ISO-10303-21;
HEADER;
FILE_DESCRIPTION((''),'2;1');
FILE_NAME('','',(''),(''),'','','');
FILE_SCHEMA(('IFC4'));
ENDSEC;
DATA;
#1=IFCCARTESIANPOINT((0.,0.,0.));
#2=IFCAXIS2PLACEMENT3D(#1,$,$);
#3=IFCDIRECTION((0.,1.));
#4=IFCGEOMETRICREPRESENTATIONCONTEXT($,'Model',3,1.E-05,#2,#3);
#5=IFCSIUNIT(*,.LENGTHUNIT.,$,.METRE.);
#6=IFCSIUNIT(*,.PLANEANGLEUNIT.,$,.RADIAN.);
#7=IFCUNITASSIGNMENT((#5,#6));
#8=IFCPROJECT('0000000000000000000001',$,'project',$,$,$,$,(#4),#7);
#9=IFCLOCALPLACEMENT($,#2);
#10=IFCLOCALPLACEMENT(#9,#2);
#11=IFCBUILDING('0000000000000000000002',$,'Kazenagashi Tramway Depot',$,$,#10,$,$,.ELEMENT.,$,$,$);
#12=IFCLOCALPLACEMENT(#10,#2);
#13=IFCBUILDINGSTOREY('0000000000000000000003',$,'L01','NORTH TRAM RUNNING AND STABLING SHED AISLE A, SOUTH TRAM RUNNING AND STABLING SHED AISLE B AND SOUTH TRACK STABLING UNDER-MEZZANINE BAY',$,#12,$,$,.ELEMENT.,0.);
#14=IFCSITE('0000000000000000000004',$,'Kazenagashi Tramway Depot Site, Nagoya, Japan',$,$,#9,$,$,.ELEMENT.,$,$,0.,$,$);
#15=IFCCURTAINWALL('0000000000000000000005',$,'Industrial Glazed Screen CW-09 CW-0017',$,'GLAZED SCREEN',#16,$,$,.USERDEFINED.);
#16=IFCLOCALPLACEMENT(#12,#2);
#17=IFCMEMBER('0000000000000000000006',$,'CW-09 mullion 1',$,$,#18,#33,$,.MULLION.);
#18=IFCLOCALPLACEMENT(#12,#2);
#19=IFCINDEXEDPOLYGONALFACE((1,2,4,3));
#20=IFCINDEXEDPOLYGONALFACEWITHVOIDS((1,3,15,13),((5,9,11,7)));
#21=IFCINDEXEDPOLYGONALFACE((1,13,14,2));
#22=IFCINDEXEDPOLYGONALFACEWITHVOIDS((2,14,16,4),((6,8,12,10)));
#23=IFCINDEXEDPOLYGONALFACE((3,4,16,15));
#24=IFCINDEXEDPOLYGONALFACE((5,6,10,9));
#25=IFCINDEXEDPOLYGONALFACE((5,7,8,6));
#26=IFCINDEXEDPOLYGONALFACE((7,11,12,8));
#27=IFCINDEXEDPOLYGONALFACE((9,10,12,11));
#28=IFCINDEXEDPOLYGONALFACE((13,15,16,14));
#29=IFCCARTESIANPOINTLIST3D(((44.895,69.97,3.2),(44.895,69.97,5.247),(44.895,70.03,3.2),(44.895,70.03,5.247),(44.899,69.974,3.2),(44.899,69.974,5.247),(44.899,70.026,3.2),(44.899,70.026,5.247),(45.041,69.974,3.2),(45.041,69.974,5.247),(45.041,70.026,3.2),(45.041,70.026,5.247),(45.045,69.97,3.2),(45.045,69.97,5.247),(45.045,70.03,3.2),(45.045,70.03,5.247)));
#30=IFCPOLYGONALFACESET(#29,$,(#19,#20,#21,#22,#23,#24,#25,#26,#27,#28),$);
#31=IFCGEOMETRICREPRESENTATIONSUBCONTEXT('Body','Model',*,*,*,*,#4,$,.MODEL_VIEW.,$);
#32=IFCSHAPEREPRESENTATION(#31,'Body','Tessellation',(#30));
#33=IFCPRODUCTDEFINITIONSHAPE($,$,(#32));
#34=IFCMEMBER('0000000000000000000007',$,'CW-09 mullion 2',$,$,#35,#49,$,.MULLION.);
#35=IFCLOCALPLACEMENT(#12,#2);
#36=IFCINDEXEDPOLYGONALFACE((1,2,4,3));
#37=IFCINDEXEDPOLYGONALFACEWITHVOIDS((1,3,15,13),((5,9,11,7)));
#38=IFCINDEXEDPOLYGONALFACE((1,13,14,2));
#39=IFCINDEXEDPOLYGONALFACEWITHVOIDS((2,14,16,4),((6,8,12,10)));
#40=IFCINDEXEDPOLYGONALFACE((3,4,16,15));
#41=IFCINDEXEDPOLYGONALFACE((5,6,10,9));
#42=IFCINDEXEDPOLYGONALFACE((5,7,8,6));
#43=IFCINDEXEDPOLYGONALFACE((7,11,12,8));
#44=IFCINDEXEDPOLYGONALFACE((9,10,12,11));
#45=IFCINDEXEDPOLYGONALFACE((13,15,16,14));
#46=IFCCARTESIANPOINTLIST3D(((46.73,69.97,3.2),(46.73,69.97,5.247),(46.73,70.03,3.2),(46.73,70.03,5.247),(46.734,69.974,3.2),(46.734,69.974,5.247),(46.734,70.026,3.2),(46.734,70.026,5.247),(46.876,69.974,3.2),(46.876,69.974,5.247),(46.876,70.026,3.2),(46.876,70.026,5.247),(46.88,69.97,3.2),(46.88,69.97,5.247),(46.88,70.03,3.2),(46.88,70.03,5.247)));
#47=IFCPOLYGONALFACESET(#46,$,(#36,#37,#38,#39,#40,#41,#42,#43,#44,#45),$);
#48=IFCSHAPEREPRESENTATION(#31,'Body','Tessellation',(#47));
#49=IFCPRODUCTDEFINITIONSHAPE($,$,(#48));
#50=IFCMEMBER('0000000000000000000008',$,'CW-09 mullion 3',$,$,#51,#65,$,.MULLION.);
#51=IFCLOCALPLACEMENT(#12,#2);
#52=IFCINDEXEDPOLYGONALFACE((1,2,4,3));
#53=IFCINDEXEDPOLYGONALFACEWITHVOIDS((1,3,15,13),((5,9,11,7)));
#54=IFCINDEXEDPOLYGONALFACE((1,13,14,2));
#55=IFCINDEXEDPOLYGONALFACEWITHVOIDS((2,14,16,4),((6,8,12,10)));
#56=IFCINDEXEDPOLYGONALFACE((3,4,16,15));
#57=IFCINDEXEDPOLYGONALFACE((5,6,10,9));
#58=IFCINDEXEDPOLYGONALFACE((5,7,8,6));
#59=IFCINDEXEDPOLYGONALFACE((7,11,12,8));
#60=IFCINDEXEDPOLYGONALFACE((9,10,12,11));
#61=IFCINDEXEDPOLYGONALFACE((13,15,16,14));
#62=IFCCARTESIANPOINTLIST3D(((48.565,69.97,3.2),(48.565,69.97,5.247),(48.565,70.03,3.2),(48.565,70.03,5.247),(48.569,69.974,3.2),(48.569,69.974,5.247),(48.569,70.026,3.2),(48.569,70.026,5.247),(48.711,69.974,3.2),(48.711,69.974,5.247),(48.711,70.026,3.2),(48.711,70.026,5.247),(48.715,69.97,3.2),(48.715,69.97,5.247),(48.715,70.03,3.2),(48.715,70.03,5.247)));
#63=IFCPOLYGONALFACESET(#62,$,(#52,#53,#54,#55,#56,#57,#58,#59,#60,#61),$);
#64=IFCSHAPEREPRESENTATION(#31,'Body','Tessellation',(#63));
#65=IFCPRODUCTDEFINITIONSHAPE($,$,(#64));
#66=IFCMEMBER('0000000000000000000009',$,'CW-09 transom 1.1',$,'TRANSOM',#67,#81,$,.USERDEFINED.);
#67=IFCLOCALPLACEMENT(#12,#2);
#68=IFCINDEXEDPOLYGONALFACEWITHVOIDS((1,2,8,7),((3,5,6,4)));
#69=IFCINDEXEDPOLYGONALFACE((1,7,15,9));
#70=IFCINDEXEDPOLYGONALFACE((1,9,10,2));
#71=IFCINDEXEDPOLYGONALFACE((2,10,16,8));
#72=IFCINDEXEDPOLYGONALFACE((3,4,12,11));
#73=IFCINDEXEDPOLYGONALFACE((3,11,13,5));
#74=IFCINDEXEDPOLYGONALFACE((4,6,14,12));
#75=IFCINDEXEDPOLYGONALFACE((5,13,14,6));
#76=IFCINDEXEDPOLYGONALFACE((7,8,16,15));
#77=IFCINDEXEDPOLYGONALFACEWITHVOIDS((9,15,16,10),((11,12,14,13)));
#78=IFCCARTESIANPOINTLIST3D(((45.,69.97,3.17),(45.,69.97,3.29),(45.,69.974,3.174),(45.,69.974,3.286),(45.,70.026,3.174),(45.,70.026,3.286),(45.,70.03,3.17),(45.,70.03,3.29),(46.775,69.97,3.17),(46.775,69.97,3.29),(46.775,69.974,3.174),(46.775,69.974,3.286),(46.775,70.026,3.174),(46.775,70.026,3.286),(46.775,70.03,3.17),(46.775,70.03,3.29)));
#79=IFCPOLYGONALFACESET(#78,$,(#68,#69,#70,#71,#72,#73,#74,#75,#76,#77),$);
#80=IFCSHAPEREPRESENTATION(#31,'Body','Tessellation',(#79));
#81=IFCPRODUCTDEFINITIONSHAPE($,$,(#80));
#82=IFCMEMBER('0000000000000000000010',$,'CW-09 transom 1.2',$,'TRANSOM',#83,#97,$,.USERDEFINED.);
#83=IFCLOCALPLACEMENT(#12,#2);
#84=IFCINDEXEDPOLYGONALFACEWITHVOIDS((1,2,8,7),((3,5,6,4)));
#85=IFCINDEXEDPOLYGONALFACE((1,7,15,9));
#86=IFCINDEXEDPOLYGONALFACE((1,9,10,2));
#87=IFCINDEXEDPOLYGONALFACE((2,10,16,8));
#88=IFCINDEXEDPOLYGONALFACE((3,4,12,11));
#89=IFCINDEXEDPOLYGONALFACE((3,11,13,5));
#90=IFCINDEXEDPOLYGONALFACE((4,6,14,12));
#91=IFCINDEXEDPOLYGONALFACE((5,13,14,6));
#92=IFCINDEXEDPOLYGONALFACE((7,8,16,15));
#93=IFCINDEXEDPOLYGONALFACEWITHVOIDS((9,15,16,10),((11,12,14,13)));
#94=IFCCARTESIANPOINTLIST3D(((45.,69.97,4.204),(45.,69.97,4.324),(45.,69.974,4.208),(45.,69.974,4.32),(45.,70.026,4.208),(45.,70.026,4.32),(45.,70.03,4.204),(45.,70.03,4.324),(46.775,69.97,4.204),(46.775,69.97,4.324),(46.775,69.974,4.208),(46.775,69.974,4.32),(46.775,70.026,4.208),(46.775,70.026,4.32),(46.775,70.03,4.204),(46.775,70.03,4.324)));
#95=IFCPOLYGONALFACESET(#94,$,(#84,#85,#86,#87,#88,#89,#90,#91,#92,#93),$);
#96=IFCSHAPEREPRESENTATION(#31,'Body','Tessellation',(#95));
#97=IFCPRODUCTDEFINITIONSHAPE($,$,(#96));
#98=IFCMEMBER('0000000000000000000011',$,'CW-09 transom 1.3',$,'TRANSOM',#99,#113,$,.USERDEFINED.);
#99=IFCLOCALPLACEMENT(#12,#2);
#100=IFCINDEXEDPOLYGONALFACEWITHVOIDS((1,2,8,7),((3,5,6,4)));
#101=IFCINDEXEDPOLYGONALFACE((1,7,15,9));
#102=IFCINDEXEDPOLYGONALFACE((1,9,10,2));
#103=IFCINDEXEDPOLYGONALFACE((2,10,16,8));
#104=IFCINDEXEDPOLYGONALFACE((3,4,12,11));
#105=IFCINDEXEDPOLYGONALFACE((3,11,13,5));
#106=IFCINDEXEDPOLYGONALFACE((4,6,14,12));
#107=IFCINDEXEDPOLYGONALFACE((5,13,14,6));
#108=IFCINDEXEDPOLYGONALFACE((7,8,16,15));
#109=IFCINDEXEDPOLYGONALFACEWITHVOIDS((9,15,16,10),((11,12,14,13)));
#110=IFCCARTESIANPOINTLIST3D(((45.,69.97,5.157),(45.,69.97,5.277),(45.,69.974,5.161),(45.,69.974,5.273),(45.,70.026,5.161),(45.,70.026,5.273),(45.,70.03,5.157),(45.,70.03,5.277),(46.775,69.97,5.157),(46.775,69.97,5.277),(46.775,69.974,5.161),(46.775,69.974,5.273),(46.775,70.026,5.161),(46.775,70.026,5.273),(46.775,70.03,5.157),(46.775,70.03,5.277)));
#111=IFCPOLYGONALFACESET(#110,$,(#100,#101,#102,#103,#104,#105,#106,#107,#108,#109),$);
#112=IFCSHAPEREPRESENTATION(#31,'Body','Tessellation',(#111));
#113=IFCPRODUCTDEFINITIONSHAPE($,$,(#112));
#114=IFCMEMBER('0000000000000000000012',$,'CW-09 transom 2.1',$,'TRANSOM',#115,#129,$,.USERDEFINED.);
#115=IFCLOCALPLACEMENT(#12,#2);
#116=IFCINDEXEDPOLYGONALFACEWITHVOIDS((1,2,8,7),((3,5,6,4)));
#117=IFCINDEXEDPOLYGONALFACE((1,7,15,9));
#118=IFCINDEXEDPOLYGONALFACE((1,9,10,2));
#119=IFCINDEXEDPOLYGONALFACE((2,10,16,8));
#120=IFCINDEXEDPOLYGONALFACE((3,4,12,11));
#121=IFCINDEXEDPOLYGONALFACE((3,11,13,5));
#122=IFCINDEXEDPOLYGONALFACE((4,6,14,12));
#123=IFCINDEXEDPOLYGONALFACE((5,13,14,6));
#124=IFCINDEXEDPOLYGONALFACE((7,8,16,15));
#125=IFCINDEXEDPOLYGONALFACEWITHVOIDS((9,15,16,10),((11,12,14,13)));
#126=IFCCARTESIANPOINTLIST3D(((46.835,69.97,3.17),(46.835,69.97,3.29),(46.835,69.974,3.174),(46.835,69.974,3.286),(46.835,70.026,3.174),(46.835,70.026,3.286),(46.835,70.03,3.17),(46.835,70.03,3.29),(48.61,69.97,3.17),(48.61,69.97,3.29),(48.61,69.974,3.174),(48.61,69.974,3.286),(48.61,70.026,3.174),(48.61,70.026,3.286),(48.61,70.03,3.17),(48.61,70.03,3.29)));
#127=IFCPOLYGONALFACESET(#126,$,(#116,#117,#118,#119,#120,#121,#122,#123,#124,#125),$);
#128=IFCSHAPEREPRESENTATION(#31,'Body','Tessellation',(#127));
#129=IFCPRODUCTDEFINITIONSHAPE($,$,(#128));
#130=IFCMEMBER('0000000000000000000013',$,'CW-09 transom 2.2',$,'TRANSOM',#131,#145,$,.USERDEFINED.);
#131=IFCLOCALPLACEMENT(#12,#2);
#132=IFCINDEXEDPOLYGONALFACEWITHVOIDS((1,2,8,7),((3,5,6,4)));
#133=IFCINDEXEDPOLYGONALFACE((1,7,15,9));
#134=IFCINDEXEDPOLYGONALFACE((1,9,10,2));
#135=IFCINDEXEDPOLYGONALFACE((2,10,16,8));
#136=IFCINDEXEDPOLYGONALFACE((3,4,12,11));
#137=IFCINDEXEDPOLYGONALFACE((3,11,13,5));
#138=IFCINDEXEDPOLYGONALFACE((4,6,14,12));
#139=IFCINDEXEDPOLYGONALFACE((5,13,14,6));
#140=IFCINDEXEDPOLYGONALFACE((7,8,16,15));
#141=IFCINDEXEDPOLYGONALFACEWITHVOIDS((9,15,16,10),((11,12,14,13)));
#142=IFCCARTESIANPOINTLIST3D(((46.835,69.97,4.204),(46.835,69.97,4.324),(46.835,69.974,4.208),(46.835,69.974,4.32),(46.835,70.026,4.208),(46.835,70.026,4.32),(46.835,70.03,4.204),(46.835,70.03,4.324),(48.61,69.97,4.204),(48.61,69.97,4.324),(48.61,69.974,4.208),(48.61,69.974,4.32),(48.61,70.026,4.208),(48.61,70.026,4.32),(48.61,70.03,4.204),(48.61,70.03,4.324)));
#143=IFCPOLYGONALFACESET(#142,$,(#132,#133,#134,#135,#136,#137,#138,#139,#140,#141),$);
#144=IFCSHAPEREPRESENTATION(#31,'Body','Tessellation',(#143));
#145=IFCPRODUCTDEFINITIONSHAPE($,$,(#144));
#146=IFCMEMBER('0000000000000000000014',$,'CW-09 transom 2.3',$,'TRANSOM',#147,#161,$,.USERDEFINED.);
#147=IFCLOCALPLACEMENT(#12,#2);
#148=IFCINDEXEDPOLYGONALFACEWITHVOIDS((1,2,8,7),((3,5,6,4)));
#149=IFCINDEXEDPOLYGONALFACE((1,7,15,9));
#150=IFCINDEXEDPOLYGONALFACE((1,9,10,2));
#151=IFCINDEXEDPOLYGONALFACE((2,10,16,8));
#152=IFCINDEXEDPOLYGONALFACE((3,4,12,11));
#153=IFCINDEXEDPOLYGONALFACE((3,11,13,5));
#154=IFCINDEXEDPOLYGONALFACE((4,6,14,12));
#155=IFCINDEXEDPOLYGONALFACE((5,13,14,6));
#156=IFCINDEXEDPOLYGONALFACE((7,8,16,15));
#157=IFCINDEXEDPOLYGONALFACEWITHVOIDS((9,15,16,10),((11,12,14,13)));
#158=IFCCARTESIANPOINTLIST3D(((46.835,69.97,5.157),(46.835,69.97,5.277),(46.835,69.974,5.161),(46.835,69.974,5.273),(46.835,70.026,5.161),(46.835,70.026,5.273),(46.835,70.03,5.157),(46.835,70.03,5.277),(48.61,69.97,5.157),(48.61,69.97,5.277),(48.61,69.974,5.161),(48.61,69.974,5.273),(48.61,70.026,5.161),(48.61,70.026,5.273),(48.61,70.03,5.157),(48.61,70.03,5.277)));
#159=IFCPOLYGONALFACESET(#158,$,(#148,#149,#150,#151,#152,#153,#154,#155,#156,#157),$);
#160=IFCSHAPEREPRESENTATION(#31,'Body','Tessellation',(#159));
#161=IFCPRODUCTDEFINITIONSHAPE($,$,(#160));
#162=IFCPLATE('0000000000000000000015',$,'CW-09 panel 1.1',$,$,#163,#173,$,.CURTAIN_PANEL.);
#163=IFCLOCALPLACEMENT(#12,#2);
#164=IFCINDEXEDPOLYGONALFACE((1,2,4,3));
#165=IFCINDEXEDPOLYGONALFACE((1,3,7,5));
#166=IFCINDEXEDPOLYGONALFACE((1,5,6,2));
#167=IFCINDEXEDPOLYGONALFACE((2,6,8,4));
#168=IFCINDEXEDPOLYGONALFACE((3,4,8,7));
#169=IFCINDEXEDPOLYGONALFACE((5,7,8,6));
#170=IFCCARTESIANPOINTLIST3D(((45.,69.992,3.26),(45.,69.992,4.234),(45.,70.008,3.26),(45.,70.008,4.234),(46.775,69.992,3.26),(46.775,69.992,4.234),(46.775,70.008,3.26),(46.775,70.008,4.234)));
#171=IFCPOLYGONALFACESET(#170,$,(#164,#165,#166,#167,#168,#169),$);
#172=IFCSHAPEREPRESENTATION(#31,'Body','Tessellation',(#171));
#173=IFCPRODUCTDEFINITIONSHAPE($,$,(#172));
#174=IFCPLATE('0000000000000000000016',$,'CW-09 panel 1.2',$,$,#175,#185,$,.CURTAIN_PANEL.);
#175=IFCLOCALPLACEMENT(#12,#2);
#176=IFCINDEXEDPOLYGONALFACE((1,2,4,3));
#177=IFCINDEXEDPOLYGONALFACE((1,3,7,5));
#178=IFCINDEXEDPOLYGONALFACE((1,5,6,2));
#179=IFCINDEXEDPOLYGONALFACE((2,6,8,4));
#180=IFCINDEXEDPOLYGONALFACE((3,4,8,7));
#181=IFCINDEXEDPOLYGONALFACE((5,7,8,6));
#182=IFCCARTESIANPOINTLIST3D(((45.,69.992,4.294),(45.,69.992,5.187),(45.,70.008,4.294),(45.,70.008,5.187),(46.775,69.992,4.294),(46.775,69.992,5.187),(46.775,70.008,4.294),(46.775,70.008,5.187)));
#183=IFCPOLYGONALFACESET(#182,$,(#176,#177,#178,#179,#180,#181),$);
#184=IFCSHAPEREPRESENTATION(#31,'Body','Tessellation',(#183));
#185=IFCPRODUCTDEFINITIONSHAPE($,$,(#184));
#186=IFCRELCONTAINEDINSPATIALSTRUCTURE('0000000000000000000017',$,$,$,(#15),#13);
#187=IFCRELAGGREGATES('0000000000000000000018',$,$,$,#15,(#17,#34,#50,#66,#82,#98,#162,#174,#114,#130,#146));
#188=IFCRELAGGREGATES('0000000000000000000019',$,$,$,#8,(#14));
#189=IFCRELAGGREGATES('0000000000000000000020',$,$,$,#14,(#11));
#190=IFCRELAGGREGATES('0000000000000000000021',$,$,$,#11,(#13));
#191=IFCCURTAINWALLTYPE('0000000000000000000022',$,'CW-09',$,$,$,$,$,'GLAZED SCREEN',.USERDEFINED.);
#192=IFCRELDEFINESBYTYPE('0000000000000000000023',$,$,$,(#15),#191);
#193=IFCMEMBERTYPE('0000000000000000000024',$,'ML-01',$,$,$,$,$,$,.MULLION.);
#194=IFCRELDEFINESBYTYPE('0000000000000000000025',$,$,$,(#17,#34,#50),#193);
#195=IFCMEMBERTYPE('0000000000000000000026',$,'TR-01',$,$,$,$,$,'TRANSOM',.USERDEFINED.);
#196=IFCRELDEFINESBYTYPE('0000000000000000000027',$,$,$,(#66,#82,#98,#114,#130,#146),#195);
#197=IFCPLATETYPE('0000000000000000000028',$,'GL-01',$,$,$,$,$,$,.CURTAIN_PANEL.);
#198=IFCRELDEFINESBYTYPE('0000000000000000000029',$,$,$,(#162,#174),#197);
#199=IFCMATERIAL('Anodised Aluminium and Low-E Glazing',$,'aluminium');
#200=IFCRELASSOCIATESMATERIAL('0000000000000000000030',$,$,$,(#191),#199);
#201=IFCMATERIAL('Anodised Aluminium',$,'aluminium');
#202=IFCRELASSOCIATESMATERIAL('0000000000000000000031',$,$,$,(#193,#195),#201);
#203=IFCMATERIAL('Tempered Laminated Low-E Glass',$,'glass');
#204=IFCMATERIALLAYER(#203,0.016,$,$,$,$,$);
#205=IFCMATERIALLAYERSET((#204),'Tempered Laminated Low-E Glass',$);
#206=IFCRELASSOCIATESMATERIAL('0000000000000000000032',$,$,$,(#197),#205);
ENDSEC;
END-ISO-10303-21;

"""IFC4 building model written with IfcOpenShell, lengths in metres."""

from ifc_helpers import new_model, si_unit, direction, frame, origin, origin_2d, place, context, subcontext, project, spatial, rectangle, hollow_rectangle, extrude, material, layer, layer_set, material_profile, profile_set, type_object, element, aggregate, save


model = new_model("IFC4")

# Units and contexts
model_context = context("Model", 3, precision=1e-05, world=origin(), true_north=direction((0.0, 1.0)))
body_context = subcontext(model_context, "Body", "Model", "MODEL_VIEW")
ifc_project = project(units=[si_unit("LENGTHUNIT", "METRE"), si_unit("PLANEANGLEUNIT", "RADIAN")], contexts=[model_context])

# Site, building, storey
site_placement = place(None, origin())
site = spatial("IfcSite", under=ifc_project, at=site_placement, Name="Kazenagashi Tramway Depot Site, Nagoya, Japan", CompositionType="ELEMENT", RefElevation=0.0)
building_placement = place(site_placement, origin())
building = spatial("IfcBuilding", under=site, at=building_placement, Name="Kazenagashi Tramway Depot", CompositionType="ELEMENT")
storey_placement = place(building_placement, origin())
storey = spatial("IfcBuildingStorey", under=building, at=storey_placement, Name="L01", Description="NORTH TRAM RUNNING AND STABLING SHED AISLE A, SOUTH TRAM RUNNING AND STABLING SHED AISLE B AND SOUTH TRACK STABLING UNDER-MEZZANINE BAY", CompositionType="ELEMENT", Elevation=0.0)

# Curtain wall, members, plates
ifc_material_1 = material(Name="Anodised Aluminium and Low-E Glazing", Category="aluminium")
curtain_wall_type = type_object("IfcCurtainWallType", Name="CW-09", ElementType="GLAZED SCREEN", PredefinedType="USERDEFINED", material=ifc_material_1)
curtain_wall_placement = place(storey_placement, origin())
curtain_wall = element("IfcCurtainWall", 1, at=curtain_wall_placement, inside=storey, type_object=curtain_wall_type, Name="Industrial Glazed Screen CW-09 CW-0017", ObjectType="GLAZED SCREEN", PredefinedType="USERDEFINED")
ifc_material_2 = material(Name="Anodised Aluminium", Category="aluminium")
ifc_material_profile_1 = material_profile(ifc_material_2, hollow_rectangle(XDim=0.06, YDim=0.15, WallThickness=0.004, at=origin_2d()), Name="RHS-150x60x4")
ifc_profile_set_1 = profile_set([ifc_material_profile_1], Name="Anodised Aluminium")
member_type_1 = type_object("IfcMemberType", Name="ML-01", PredefinedType="MULLION", material=ifc_profile_set_1)
member_1_placement = place(storey_placement, frame((44.97, 70.0, 3.2), z_axis=(0.0, 0.0, 1.0), x_axis=(0.0, 1.0, 0.0)))
member_1 = element("IfcMember", 2, at=member_1_placement, type_object=member_type_1, Name="CW-09 mullion 1", PredefinedType="MULLION", context=body_context, shape_type="SweptSolid", body=[
    extrude(hollow_rectangle(XDim=0.06, YDim=0.15, WallThickness=0.004, at=origin_2d()), origin(), (0.0, 0.0, 1.0), 2.047),
])
member_2_placement = place(storey_placement, frame((46.805, 70.0, 3.2), z_axis=(0.0, 0.0, 1.0), x_axis=(0.0, 1.0, 0.0)))
member_2 = element("IfcMember", 3, at=member_2_placement, type_object=member_type_1, Name="CW-09 mullion 2", PredefinedType="MULLION", context=body_context, shape_type="SweptSolid", body=[
    extrude(hollow_rectangle(XDim=0.06, YDim=0.15, WallThickness=0.004, at=origin_2d()), origin(), (0.0, 0.0, 1.0), 2.047),
])
member_3_placement = place(storey_placement, frame((48.64, 70.0, 3.2), z_axis=(0.0, 0.0, 1.0), x_axis=(0.0, 1.0, 0.0)))
member_3 = element("IfcMember", 4, at=member_3_placement, type_object=member_type_1, Name="CW-09 mullion 3", PredefinedType="MULLION", context=body_context, shape_type="SweptSolid", body=[
    extrude(hollow_rectangle(XDim=0.06, YDim=0.15, WallThickness=0.004, at=origin_2d()), origin(), (0.0, 0.0, 1.0), 2.047),
])
ifc_material_profile_2 = material_profile(ifc_material_2, hollow_rectangle(XDim=0.06, YDim=0.12, WallThickness=0.004, at=origin_2d()), Name="RHS-120x60x4")
ifc_profile_set_2 = profile_set([ifc_material_profile_2], Name="Anodised Aluminium")
member_type_2 = type_object("IfcMemberType", Name="TR-01", ElementType="TRANSOM", PredefinedType="USERDEFINED", material=ifc_profile_set_2)
member_4_placement = place(storey_placement, frame((45.0, 70.0, 3.23), z_axis=(1.0, 0.0, 0.0), x_axis=(0.0, 1.0, 0.0)))
member_4 = element("IfcMember", 5, at=member_4_placement, type_object=member_type_2, Name="CW-09 transom 1.1", ObjectType="TRANSOM", PredefinedType="USERDEFINED", context=body_context, shape_type="SweptSolid", body=[
    extrude(hollow_rectangle(XDim=0.06, YDim=0.12, WallThickness=0.004, at=origin_2d()), origin(), (0.0, 0.0, 1.0), 1.775),
])
member_5_placement = place(storey_placement, frame((45.0, 70.0, 4.264), z_axis=(1.0, 0.0, 0.0), x_axis=(0.0, 1.0, 0.0)))
member_5 = element("IfcMember", 6, at=member_5_placement, type_object=member_type_2, Name="CW-09 transom 1.2", ObjectType="TRANSOM", PredefinedType="USERDEFINED", context=body_context, shape_type="SweptSolid", body=[
    extrude(hollow_rectangle(XDim=0.06, YDim=0.12, WallThickness=0.004, at=origin_2d()), origin(), (0.0, 0.0, 1.0), 1.775),
])
member_6_placement = place(storey_placement, frame((45.0, 70.0, 5.217), z_axis=(1.0, 0.0, 0.0), x_axis=(0.0, 1.0, 0.0)))
member_6 = element("IfcMember", 7, at=member_6_placement, type_object=member_type_2, Name="CW-09 transom 1.3", ObjectType="TRANSOM", PredefinedType="USERDEFINED", context=body_context, shape_type="SweptSolid", body=[
    extrude(hollow_rectangle(XDim=0.06, YDim=0.12, WallThickness=0.004, at=origin_2d()), origin(), (0.0, 0.0, 1.0), 1.775),
])
member_7_placement = place(storey_placement, frame((46.835, 70.0, 3.23), z_axis=(1.0, 0.0, 0.0), x_axis=(0.0, 1.0, 0.0)))
member_7 = element("IfcMember", 8, at=member_7_placement, type_object=member_type_2, Name="CW-09 transom 2.1", ObjectType="TRANSOM", PredefinedType="USERDEFINED", context=body_context, shape_type="SweptSolid", body=[
    extrude(hollow_rectangle(XDim=0.06, YDim=0.12, WallThickness=0.004, at=origin_2d()), origin(), (0.0, 0.0, 1.0), 1.775),
])
member_8_placement = place(storey_placement, frame((46.835, 70.0, 4.264), z_axis=(1.0, 0.0, 0.0), x_axis=(0.0, 1.0, 0.0)))
member_8 = element("IfcMember", 9, at=member_8_placement, type_object=member_type_2, Name="CW-09 transom 2.2", ObjectType="TRANSOM", PredefinedType="USERDEFINED", context=body_context, shape_type="SweptSolid", body=[
    extrude(hollow_rectangle(XDim=0.06, YDim=0.12, WallThickness=0.004, at=origin_2d()), origin(), (0.0, 0.0, 1.0), 1.775),
])
member_9_placement = place(storey_placement, frame((46.835, 70.0, 5.217), z_axis=(1.0, 0.0, 0.0), x_axis=(0.0, 1.0, 0.0)))
member_9 = element("IfcMember", 10, at=member_9_placement, type_object=member_type_2, Name="CW-09 transom 2.3", ObjectType="TRANSOM", PredefinedType="USERDEFINED", context=body_context, shape_type="SweptSolid", body=[
    extrude(hollow_rectangle(XDim=0.06, YDim=0.12, WallThickness=0.004, at=origin_2d()), origin(), (0.0, 0.0, 1.0), 1.775),
])
ifc_material_3 = material(Name="Tempered Laminated Low-E Glass", Category="glass")
ifc_layer_1 = layer(ifc_material_3, 0.016)
ifc_layer_set_1 = layer_set([ifc_layer_1], Name="Tempered Laminated Low-E Glass")
plate_type = type_object("IfcPlateType", Name="GL-01", PredefinedType="CURTAIN_PANEL", material=ifc_layer_set_1)
plate_1_placement = place(storey_placement, frame((45.8875, 70.0, 3.26), z_axis=(0.0, 0.0, 1.0), x_axis=(1.0, 0.0, 0.0)))
plate_1 = element("IfcPlate", 11, at=plate_1_placement, type_object=plate_type, Name="CW-09 panel 1.1", PredefinedType="CURTAIN_PANEL", context=body_context, shape_type="SweptSolid", body=[
    extrude(rectangle(XDim=1.775, YDim=0.016, at=origin_2d()), origin(), (0.0, 0.0, 1.0), 0.974),
])
plate_2_placement = place(storey_placement, frame((45.8875, 70.0, 4.294), z_axis=(0.0, 0.0, 1.0), x_axis=(1.0, 0.0, 0.0)))
plate_2 = element("IfcPlate", 12, at=plate_2_placement, type_object=plate_type, Name="CW-09 panel 1.2", PredefinedType="CURTAIN_PANEL", context=body_context, shape_type="SweptSolid", body=[
    extrude(rectangle(XDim=1.775, YDim=0.016, at=origin_2d()), origin(), (0.0, 0.0, 1.0), 0.893),
])
aggregate(curtain_wall, [member_1, member_2, member_3, member_4, member_5, member_6, plate_1, plate_2, member_7, member_8, member_9])

save(model, "model.ifc")
